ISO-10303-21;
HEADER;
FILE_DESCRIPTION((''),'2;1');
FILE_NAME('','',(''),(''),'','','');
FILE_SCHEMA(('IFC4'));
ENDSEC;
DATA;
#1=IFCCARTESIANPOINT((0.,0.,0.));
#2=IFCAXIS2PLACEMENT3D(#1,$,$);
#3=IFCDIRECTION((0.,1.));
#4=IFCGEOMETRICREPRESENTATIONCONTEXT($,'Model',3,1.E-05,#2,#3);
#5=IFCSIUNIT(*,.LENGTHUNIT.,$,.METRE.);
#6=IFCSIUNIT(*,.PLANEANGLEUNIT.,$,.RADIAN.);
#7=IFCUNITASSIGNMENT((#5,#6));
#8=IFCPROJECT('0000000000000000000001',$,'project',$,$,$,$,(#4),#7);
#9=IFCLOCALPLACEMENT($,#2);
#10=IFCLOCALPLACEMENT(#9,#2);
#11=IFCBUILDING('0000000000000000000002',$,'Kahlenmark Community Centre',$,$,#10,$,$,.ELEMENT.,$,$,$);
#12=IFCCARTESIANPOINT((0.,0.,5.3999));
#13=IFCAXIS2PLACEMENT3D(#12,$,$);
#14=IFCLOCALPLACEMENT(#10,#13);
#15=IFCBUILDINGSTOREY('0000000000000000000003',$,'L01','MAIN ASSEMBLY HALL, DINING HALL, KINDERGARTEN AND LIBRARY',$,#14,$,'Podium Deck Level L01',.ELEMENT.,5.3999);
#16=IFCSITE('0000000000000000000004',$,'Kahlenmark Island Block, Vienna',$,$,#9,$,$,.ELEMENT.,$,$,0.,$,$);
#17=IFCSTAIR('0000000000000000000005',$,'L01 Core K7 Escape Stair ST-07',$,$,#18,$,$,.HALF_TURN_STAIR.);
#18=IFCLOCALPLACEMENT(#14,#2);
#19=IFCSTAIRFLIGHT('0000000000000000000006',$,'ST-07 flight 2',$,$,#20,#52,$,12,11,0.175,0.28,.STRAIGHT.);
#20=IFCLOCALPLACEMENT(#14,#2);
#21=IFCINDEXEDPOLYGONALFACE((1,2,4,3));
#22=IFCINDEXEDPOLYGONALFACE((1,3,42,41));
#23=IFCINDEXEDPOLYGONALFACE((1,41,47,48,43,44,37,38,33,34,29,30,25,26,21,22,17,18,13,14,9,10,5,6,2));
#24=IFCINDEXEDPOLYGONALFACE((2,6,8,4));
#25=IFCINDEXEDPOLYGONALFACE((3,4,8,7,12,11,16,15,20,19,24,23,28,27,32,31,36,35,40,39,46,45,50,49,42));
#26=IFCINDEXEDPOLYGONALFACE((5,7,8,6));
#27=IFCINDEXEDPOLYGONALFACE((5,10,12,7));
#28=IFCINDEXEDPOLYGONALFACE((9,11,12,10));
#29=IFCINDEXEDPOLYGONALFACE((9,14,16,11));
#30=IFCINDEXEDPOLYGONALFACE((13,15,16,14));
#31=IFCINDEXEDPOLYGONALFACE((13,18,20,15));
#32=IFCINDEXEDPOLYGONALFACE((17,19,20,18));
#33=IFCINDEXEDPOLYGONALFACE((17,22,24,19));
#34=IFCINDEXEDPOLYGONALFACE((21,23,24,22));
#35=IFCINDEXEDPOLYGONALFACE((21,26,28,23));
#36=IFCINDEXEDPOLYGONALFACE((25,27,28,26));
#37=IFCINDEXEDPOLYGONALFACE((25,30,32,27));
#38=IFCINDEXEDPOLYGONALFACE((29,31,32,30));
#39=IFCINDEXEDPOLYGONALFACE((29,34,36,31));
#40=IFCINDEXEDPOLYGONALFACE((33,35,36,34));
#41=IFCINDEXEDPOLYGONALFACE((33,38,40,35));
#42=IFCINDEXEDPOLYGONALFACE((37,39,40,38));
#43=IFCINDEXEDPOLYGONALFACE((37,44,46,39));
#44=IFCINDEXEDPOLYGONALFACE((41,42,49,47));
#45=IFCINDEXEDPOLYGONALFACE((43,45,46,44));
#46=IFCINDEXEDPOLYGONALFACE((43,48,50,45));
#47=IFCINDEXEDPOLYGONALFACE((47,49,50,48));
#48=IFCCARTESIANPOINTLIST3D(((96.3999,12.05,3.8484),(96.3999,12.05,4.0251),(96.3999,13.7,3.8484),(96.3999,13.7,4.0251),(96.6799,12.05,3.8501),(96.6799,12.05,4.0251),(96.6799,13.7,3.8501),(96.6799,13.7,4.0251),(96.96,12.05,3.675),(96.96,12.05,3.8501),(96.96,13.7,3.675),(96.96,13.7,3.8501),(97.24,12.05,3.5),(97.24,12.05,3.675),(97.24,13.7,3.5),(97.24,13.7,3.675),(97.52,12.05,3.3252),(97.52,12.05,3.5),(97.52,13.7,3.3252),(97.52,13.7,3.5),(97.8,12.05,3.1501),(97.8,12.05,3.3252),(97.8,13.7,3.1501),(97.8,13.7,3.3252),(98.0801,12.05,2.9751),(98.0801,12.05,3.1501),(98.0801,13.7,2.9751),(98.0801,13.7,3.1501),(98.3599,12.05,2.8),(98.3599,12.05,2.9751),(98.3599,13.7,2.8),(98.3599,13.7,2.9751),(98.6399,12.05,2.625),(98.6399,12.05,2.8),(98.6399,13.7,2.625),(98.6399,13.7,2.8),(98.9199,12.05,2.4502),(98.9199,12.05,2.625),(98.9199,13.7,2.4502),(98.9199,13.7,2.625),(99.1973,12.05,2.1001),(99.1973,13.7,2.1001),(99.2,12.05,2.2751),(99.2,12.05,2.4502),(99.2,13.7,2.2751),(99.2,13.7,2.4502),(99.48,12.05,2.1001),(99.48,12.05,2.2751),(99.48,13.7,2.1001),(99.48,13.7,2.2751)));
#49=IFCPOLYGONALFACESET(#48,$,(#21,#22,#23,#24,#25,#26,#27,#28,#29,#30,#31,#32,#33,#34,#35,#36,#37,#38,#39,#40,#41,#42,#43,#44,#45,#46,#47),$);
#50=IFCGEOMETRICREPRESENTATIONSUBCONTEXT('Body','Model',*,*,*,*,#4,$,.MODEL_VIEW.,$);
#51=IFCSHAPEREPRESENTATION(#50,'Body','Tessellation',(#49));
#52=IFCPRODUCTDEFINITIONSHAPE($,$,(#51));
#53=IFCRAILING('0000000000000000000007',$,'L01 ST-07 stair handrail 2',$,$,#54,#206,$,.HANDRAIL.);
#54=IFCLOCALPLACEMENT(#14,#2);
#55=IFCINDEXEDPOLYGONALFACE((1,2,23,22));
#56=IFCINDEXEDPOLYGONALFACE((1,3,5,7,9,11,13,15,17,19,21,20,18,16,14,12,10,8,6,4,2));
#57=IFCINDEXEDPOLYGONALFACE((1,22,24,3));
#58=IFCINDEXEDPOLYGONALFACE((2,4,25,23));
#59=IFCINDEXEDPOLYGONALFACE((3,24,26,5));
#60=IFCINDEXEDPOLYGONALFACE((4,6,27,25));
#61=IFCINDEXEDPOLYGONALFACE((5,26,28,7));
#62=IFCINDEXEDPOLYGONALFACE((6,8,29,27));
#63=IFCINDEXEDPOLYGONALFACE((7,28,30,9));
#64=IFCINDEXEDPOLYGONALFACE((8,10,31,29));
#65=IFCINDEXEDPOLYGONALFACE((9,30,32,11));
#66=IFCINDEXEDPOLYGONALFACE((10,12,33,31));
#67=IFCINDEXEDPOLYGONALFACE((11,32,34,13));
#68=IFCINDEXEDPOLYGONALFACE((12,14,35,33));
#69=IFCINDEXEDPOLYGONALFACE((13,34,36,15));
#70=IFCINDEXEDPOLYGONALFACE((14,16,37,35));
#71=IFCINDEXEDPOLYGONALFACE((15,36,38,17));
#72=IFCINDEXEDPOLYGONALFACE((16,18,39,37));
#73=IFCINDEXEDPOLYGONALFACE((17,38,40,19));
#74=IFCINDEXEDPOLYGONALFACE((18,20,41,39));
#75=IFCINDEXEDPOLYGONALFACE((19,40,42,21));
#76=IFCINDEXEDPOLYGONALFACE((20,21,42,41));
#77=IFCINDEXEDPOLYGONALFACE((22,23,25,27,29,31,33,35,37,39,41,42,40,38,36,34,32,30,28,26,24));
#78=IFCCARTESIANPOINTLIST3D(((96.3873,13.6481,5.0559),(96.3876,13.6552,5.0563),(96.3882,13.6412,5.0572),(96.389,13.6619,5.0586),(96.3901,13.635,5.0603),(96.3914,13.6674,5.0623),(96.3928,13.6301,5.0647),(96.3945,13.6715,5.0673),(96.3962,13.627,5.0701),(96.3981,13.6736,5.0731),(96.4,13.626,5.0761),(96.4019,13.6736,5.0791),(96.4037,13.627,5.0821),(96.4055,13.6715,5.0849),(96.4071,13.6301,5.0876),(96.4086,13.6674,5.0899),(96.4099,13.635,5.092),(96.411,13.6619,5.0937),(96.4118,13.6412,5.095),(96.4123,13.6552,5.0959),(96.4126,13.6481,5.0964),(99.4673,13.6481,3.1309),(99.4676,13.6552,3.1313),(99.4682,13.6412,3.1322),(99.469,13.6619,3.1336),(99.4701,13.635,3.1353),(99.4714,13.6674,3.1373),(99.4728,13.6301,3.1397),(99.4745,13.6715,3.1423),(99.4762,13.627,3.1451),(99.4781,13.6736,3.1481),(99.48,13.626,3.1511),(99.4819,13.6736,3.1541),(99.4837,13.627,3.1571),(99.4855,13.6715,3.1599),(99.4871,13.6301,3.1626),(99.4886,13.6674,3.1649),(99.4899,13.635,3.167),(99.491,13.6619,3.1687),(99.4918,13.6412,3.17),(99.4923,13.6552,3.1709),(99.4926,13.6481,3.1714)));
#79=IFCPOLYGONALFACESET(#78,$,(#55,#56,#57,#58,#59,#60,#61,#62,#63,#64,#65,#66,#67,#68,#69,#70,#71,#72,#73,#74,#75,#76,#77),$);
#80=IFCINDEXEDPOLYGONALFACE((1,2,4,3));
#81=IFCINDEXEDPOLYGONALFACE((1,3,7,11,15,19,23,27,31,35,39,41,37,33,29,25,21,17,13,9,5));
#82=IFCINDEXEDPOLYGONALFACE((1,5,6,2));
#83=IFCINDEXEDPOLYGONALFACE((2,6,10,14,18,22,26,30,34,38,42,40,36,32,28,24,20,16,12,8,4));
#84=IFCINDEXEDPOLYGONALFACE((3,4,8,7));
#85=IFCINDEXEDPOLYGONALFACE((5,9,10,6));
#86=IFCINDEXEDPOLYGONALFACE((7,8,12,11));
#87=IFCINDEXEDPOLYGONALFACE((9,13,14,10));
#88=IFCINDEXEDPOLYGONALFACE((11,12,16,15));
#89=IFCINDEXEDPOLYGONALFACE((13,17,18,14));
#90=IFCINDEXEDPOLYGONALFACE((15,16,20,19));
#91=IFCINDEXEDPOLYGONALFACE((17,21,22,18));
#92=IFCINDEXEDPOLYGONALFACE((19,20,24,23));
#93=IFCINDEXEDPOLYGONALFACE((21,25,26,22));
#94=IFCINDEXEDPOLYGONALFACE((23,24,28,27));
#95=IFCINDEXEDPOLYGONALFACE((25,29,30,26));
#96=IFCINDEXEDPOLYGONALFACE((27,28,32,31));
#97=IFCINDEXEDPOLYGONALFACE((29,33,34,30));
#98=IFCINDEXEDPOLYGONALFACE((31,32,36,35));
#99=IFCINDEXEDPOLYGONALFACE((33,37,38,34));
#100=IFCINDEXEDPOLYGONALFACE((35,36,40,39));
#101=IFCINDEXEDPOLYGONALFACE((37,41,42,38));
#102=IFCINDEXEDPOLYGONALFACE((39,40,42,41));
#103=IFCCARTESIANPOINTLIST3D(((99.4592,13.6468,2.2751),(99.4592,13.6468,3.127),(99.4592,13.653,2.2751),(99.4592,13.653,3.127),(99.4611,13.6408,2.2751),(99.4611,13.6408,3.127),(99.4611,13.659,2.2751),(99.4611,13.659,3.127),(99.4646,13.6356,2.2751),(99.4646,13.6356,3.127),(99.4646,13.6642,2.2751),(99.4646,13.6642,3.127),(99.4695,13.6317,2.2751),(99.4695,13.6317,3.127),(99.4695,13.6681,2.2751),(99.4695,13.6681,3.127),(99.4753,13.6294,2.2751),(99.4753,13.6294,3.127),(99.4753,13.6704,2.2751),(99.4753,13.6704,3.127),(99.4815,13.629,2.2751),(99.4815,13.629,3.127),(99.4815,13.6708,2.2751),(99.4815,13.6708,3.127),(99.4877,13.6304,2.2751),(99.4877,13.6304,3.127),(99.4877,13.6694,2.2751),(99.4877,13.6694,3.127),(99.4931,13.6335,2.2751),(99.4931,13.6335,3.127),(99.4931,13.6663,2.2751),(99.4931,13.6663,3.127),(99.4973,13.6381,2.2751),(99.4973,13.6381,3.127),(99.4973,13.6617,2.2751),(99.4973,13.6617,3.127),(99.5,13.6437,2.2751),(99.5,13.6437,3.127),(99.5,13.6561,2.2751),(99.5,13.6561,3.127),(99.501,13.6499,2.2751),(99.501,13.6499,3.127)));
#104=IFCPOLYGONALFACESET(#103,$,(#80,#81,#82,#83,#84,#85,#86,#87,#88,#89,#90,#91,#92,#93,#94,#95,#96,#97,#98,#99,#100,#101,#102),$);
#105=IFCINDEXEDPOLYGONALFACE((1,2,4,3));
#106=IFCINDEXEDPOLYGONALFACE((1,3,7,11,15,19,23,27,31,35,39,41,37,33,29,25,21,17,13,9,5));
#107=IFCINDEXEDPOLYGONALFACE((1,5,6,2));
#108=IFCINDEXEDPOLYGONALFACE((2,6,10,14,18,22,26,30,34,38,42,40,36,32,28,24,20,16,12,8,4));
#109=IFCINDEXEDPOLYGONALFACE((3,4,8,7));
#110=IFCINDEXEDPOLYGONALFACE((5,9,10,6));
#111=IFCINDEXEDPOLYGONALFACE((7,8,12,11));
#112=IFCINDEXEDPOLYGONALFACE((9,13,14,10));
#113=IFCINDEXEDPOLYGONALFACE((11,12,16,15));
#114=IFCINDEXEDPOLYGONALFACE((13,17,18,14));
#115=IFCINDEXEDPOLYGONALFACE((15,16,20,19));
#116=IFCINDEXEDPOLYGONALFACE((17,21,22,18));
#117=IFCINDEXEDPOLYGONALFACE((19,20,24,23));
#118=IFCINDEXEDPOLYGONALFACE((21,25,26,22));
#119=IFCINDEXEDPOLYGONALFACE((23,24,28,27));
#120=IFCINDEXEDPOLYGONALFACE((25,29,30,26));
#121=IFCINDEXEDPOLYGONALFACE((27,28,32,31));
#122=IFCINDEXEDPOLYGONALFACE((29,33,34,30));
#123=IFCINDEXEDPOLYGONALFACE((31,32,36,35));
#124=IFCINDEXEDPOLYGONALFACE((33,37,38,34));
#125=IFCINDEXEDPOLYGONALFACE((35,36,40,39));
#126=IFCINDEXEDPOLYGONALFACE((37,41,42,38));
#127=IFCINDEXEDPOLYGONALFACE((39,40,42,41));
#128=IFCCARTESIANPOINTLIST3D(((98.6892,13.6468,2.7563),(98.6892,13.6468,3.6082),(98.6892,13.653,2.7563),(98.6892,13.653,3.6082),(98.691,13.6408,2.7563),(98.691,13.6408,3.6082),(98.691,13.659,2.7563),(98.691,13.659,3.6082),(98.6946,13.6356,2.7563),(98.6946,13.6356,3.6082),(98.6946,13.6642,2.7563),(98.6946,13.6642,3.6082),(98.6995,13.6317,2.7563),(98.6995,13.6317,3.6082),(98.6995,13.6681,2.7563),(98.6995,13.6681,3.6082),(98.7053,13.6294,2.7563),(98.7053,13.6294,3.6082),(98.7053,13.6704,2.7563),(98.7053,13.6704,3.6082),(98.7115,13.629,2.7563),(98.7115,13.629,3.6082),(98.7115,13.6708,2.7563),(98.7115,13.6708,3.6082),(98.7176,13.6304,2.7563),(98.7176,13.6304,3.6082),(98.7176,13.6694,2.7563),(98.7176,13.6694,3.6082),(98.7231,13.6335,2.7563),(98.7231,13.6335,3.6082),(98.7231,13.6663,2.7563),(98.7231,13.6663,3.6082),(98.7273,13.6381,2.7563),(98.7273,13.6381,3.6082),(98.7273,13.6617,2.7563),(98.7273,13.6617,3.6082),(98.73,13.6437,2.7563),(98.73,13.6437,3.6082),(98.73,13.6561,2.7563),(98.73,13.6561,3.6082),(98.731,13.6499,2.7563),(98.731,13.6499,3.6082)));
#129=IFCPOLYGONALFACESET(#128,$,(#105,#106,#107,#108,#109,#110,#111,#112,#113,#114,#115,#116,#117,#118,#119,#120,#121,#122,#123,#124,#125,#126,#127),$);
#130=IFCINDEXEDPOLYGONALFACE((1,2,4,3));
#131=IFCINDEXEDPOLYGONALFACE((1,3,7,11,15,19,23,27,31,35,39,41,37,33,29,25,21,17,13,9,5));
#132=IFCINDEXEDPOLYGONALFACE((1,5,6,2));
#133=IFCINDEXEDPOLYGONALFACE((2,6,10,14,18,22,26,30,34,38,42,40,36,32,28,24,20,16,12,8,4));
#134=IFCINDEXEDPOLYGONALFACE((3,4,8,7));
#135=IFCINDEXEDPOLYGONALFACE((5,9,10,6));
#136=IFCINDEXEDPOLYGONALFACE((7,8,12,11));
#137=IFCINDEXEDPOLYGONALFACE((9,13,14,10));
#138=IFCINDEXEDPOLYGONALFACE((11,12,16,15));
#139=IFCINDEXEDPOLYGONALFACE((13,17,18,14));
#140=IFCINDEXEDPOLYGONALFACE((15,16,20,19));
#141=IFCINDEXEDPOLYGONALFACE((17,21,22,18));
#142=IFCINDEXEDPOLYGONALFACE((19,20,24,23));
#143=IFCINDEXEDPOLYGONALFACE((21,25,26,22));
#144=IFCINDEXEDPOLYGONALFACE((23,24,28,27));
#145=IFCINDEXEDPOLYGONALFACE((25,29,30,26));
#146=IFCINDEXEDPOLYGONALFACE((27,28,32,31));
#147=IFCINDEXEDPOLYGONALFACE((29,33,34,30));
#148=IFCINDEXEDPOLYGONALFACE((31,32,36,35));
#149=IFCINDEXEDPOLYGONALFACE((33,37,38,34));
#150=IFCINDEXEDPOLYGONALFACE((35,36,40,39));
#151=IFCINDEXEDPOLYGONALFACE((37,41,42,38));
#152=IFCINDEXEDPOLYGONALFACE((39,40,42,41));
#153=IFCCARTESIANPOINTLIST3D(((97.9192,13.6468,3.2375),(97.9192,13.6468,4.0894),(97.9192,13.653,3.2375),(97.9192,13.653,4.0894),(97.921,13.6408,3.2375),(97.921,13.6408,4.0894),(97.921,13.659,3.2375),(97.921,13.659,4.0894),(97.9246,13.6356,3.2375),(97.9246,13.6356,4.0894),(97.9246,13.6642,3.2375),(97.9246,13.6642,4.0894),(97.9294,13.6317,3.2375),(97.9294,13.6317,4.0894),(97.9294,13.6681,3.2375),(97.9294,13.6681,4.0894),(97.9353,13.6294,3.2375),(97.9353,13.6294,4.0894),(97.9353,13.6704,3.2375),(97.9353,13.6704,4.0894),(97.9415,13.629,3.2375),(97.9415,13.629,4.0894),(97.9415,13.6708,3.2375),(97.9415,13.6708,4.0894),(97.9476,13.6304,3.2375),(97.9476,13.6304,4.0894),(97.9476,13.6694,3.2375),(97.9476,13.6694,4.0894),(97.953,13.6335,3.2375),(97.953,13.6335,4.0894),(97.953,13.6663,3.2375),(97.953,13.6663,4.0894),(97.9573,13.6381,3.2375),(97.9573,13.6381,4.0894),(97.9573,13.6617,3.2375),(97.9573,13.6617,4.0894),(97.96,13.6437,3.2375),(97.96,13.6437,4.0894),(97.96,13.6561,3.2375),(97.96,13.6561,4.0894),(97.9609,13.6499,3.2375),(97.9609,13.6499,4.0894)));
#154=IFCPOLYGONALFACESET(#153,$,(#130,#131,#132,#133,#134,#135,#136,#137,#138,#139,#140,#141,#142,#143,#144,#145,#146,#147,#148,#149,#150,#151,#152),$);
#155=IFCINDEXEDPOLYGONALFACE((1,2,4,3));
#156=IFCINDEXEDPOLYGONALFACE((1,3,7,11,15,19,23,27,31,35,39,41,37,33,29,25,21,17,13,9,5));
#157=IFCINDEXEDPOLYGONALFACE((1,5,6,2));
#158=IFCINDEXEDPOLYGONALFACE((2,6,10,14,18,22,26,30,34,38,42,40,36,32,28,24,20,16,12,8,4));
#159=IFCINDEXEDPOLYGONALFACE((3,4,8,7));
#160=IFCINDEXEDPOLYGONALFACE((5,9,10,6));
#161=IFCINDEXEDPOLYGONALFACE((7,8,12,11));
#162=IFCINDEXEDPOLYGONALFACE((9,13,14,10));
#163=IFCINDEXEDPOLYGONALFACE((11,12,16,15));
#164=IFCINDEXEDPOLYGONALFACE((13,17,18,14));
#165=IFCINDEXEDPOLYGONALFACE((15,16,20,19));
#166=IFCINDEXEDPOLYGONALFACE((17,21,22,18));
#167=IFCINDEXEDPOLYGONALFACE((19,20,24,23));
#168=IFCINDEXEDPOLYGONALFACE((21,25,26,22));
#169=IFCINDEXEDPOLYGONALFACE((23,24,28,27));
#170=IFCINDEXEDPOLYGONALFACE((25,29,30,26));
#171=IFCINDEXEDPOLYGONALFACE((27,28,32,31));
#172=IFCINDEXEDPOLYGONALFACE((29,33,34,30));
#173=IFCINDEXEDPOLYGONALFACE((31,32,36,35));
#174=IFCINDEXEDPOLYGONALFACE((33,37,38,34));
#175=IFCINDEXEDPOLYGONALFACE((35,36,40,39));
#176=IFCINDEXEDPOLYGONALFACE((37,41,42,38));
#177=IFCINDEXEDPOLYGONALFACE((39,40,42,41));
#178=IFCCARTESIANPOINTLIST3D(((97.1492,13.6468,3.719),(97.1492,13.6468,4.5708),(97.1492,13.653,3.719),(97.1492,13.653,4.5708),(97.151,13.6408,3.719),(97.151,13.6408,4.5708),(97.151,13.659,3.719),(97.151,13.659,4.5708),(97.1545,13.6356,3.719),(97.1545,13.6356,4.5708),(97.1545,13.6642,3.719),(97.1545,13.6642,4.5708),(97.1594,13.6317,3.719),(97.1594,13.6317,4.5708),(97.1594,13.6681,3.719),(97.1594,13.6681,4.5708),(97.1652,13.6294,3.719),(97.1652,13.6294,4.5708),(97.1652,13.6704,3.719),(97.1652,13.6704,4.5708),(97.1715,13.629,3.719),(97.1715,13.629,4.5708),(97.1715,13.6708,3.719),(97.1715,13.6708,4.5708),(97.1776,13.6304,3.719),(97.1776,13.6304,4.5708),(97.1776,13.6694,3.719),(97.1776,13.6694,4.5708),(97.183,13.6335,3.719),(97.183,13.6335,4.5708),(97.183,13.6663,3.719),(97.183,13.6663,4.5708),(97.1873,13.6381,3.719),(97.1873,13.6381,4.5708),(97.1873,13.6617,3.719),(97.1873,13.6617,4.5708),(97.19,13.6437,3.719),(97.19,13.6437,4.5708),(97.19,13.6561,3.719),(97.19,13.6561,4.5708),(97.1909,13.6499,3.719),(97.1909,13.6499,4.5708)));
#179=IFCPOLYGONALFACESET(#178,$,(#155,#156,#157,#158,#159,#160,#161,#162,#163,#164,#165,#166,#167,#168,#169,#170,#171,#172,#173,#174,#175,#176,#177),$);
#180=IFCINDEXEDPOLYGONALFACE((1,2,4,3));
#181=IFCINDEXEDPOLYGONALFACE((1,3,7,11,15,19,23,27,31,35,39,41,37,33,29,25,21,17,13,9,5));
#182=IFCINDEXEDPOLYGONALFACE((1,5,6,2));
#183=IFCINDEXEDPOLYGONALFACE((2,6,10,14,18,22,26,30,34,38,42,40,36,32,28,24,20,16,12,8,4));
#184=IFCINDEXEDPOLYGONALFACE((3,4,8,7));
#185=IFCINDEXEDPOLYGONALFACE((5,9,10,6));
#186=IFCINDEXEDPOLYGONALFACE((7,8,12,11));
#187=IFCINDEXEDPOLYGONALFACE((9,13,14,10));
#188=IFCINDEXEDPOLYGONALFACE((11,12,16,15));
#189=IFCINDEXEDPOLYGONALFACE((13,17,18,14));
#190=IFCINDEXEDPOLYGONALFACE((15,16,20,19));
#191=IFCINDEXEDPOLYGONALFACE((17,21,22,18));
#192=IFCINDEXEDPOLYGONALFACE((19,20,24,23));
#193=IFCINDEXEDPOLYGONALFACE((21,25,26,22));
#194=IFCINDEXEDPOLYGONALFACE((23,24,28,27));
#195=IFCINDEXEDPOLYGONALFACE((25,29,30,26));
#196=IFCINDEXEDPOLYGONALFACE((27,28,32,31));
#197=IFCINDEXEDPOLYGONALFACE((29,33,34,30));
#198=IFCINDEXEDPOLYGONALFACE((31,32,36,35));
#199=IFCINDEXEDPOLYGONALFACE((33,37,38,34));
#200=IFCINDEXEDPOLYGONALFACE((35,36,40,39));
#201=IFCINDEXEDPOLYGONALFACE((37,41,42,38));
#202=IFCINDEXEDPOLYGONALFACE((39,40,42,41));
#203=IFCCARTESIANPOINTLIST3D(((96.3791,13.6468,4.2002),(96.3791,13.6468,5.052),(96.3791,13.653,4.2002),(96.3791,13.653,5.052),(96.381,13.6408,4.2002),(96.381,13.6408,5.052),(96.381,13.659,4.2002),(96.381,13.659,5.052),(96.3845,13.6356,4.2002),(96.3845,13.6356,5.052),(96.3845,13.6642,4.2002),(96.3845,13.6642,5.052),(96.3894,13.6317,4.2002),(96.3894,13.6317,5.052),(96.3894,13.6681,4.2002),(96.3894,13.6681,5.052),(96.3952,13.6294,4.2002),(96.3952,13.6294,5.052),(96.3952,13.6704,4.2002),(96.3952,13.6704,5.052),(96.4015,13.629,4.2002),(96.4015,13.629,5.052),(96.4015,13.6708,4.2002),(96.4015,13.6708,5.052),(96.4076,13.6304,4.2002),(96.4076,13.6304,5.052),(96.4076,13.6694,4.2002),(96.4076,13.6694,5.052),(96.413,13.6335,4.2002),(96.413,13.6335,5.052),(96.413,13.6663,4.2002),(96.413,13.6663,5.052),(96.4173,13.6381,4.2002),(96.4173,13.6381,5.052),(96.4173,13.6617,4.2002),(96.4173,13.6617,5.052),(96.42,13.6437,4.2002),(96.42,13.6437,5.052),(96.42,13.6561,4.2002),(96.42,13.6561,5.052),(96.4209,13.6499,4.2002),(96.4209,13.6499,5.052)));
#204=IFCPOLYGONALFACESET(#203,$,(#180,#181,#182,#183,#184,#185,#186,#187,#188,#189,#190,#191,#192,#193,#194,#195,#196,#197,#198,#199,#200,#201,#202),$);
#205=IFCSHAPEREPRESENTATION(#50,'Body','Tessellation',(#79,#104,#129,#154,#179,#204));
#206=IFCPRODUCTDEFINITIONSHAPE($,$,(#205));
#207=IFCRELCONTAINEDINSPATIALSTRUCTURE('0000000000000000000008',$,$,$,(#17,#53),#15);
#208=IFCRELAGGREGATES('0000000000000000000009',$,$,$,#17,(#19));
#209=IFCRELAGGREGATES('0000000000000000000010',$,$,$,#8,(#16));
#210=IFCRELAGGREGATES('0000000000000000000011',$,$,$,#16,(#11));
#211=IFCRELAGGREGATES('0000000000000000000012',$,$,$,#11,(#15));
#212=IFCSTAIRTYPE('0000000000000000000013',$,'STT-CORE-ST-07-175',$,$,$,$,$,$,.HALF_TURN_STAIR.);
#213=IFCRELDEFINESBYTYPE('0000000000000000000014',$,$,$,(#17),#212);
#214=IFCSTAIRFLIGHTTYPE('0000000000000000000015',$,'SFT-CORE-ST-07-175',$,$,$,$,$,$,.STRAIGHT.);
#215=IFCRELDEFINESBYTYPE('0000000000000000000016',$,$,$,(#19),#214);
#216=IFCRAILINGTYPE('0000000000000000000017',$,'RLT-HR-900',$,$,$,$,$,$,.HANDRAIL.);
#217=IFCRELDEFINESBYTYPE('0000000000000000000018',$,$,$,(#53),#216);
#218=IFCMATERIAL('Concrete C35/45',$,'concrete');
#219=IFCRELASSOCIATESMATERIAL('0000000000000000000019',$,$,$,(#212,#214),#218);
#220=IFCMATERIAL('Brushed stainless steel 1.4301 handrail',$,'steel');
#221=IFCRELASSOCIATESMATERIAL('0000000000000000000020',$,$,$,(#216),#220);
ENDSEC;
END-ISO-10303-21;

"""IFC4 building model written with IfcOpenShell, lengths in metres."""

from ifc_helpers import new_model, si_unit, direction, frame, origin, origin_2d, place, context, subcontext, project, spatial, polyline, circle, outline, extrude, material, type_object, element, aggregate, save


model = new_model("IFC4")

# Units and contexts
model_context = context("Model", 3, precision=1e-05, world=origin(), true_north=direction((0.0, 1.0)))
body_context = subcontext(model_context, "Body", "Model", "MODEL_VIEW")
ifc_project = project(units=[si_unit("LENGTHUNIT", "METRE"), si_unit("PLANEANGLEUNIT", "RADIAN")], contexts=[model_context])

# Site, building, storey
site_placement = place(None, origin())
site = spatial("IfcSite", under=ifc_project, at=site_placement, Name="Kahlenmark Island Block, Vienna", CompositionType="ELEMENT", RefElevation=0.0)
building_placement = place(site_placement, origin())
building = spatial("IfcBuilding", under=site, at=building_placement, Name="Kahlenmark Community Centre", CompositionType="ELEMENT")
storey_placement = place(building_placement, frame((0.0, 0.0, 5.3999)))
storey = spatial("IfcBuildingStorey", under=building, at=storey_placement, Name="L01", Description="MAIN ASSEMBLY HALL, DINING HALL, KINDERGARTEN AND LIBRARY", LongName="Podium Deck Level L01", CompositionType="ELEMENT", Elevation=5.3999)

# Shared definitions
ifc_material_1 = material(Name="Concrete C35/45", Category="concrete")

# Stair, stair flight
stair_type = type_object("IfcStairType", Name="STT-CORE-ST-07-175", PredefinedType="HALF_TURN_STAIR", material=ifc_material_1)
stair_placement = place(storey_placement, origin())
stair = element("IfcStair", 1, at=stair_placement, inside=storey, type_object=stair_type, Name="L01 Core K7 Escape Stair ST-07", PredefinedType="HALF_TURN_STAIR")
stair_flight_type = type_object("IfcStairFlightType", Name="SFT-CORE-ST-07-175", PredefinedType="STRAIGHT", material=ifc_material_1)
stair_flight_placement = place(storey_placement, frame((99.48, 12.875, 2.1001), z_axis=(0.0, 0.0, 1.0), x_axis=(-1.0, 0.0, 0.0)))
stair_flight = element("IfcStairFlight", 2, at=stair_flight_placement, type_object=stair_flight_type, Name="ST-07 flight 2", NumberOfRisers=12, NumberOfTreads=11, PredefinedType="STRAIGHT", RiserHeight=0.175, TreadLength=0.28, context=body_context, shape_type="SweptSolid", body=[
    extrude(outline(polyline([(0.0, 0.0), (0.0, 0.175), (0.28, 0.175), (0.28, 0.3501), (0.5601, 0.3501), (0.5601, 0.5249), (0.8401, 0.5249), (0.8401, 0.7), (1.1201, 0.7), (1.1201, 0.875), (1.3999, 0.875), (1.3999, 1.05), (1.6799, 1.05), (1.6799, 1.2251), (1.96, 1.2251), (1.96, 1.3999), (2.24, 1.3999), (2.24, 1.575), (2.52, 1.575), (2.52, 1.75), (2.8, 1.75), (2.8, 1.925), (3.0801, 1.925), (3.0801, 2.1001), (3.0801, 1.7483), (0.2827, 0.0), (0.0, 0.0)])), frame((0.0, 0.825, 0.0), z_axis=(0.0, -1.0, 0.0), x_axis=(1.0, 0.0, 0.0)), (0.0, 0.0, 1.0), 1.6499),
])
aggregate(stair, [stair_flight])

# Railing
ifc_material_2 = material(Name="Brushed stainless steel 1.4301 handrail", Category="steel")
railing_type_1 = type_object("IfcRailingType", Name="RLT-HR-900", PredefinedType="HANDRAIL", material=ifc_material_2)
railing_1_placement = place(storey_placement, frame((99.48, 13.6499, 2.2751)))
element("IfcRailing", 3, at=railing_1_placement, inside=storey, type_object=railing_type_1, Name="L01 ST-07 stair handrail 2", PredefinedType="HANDRAIL", context=body_context, shape_type="SweptSolid", body=[
    extrude(circle(Radius=0.0239, at=origin_2d()), frame((0.0, 0.0, 0.876), z_axis=(-0.847998, 0.0, 0.529999), x_axis=(0.0, -1.0, 0.0)), (0.0, 0.0, 1.0), 3.6321),
    extrude(circle(Radius=0.021, at=origin_2d()), origin(), (0.0, 0.0, 1.0), 0.8518),
    extrude(circle(Radius=0.021, at=origin_2d()), frame((-0.77, 0.0, 0.4812)), (0.0, 0.0, 1.0), 0.8518),
    extrude(circle(Radius=0.021, at=origin_2d()), frame((-1.54, 0.0, 0.9624)), (0.0, 0.0, 1.0), 0.8518),
    extrude(circle(Radius=0.021, at=origin_2d()), frame((-2.3101, 0.0, 1.4438)), (0.0, 0.0, 1.0), 0.8518),
    extrude(circle(Radius=0.021, at=origin_2d()), frame((-3.0801, 0.0, 1.925)), (0.0, 0.0, 1.0), 0.8518),
])

save(model, "model.ifc")
